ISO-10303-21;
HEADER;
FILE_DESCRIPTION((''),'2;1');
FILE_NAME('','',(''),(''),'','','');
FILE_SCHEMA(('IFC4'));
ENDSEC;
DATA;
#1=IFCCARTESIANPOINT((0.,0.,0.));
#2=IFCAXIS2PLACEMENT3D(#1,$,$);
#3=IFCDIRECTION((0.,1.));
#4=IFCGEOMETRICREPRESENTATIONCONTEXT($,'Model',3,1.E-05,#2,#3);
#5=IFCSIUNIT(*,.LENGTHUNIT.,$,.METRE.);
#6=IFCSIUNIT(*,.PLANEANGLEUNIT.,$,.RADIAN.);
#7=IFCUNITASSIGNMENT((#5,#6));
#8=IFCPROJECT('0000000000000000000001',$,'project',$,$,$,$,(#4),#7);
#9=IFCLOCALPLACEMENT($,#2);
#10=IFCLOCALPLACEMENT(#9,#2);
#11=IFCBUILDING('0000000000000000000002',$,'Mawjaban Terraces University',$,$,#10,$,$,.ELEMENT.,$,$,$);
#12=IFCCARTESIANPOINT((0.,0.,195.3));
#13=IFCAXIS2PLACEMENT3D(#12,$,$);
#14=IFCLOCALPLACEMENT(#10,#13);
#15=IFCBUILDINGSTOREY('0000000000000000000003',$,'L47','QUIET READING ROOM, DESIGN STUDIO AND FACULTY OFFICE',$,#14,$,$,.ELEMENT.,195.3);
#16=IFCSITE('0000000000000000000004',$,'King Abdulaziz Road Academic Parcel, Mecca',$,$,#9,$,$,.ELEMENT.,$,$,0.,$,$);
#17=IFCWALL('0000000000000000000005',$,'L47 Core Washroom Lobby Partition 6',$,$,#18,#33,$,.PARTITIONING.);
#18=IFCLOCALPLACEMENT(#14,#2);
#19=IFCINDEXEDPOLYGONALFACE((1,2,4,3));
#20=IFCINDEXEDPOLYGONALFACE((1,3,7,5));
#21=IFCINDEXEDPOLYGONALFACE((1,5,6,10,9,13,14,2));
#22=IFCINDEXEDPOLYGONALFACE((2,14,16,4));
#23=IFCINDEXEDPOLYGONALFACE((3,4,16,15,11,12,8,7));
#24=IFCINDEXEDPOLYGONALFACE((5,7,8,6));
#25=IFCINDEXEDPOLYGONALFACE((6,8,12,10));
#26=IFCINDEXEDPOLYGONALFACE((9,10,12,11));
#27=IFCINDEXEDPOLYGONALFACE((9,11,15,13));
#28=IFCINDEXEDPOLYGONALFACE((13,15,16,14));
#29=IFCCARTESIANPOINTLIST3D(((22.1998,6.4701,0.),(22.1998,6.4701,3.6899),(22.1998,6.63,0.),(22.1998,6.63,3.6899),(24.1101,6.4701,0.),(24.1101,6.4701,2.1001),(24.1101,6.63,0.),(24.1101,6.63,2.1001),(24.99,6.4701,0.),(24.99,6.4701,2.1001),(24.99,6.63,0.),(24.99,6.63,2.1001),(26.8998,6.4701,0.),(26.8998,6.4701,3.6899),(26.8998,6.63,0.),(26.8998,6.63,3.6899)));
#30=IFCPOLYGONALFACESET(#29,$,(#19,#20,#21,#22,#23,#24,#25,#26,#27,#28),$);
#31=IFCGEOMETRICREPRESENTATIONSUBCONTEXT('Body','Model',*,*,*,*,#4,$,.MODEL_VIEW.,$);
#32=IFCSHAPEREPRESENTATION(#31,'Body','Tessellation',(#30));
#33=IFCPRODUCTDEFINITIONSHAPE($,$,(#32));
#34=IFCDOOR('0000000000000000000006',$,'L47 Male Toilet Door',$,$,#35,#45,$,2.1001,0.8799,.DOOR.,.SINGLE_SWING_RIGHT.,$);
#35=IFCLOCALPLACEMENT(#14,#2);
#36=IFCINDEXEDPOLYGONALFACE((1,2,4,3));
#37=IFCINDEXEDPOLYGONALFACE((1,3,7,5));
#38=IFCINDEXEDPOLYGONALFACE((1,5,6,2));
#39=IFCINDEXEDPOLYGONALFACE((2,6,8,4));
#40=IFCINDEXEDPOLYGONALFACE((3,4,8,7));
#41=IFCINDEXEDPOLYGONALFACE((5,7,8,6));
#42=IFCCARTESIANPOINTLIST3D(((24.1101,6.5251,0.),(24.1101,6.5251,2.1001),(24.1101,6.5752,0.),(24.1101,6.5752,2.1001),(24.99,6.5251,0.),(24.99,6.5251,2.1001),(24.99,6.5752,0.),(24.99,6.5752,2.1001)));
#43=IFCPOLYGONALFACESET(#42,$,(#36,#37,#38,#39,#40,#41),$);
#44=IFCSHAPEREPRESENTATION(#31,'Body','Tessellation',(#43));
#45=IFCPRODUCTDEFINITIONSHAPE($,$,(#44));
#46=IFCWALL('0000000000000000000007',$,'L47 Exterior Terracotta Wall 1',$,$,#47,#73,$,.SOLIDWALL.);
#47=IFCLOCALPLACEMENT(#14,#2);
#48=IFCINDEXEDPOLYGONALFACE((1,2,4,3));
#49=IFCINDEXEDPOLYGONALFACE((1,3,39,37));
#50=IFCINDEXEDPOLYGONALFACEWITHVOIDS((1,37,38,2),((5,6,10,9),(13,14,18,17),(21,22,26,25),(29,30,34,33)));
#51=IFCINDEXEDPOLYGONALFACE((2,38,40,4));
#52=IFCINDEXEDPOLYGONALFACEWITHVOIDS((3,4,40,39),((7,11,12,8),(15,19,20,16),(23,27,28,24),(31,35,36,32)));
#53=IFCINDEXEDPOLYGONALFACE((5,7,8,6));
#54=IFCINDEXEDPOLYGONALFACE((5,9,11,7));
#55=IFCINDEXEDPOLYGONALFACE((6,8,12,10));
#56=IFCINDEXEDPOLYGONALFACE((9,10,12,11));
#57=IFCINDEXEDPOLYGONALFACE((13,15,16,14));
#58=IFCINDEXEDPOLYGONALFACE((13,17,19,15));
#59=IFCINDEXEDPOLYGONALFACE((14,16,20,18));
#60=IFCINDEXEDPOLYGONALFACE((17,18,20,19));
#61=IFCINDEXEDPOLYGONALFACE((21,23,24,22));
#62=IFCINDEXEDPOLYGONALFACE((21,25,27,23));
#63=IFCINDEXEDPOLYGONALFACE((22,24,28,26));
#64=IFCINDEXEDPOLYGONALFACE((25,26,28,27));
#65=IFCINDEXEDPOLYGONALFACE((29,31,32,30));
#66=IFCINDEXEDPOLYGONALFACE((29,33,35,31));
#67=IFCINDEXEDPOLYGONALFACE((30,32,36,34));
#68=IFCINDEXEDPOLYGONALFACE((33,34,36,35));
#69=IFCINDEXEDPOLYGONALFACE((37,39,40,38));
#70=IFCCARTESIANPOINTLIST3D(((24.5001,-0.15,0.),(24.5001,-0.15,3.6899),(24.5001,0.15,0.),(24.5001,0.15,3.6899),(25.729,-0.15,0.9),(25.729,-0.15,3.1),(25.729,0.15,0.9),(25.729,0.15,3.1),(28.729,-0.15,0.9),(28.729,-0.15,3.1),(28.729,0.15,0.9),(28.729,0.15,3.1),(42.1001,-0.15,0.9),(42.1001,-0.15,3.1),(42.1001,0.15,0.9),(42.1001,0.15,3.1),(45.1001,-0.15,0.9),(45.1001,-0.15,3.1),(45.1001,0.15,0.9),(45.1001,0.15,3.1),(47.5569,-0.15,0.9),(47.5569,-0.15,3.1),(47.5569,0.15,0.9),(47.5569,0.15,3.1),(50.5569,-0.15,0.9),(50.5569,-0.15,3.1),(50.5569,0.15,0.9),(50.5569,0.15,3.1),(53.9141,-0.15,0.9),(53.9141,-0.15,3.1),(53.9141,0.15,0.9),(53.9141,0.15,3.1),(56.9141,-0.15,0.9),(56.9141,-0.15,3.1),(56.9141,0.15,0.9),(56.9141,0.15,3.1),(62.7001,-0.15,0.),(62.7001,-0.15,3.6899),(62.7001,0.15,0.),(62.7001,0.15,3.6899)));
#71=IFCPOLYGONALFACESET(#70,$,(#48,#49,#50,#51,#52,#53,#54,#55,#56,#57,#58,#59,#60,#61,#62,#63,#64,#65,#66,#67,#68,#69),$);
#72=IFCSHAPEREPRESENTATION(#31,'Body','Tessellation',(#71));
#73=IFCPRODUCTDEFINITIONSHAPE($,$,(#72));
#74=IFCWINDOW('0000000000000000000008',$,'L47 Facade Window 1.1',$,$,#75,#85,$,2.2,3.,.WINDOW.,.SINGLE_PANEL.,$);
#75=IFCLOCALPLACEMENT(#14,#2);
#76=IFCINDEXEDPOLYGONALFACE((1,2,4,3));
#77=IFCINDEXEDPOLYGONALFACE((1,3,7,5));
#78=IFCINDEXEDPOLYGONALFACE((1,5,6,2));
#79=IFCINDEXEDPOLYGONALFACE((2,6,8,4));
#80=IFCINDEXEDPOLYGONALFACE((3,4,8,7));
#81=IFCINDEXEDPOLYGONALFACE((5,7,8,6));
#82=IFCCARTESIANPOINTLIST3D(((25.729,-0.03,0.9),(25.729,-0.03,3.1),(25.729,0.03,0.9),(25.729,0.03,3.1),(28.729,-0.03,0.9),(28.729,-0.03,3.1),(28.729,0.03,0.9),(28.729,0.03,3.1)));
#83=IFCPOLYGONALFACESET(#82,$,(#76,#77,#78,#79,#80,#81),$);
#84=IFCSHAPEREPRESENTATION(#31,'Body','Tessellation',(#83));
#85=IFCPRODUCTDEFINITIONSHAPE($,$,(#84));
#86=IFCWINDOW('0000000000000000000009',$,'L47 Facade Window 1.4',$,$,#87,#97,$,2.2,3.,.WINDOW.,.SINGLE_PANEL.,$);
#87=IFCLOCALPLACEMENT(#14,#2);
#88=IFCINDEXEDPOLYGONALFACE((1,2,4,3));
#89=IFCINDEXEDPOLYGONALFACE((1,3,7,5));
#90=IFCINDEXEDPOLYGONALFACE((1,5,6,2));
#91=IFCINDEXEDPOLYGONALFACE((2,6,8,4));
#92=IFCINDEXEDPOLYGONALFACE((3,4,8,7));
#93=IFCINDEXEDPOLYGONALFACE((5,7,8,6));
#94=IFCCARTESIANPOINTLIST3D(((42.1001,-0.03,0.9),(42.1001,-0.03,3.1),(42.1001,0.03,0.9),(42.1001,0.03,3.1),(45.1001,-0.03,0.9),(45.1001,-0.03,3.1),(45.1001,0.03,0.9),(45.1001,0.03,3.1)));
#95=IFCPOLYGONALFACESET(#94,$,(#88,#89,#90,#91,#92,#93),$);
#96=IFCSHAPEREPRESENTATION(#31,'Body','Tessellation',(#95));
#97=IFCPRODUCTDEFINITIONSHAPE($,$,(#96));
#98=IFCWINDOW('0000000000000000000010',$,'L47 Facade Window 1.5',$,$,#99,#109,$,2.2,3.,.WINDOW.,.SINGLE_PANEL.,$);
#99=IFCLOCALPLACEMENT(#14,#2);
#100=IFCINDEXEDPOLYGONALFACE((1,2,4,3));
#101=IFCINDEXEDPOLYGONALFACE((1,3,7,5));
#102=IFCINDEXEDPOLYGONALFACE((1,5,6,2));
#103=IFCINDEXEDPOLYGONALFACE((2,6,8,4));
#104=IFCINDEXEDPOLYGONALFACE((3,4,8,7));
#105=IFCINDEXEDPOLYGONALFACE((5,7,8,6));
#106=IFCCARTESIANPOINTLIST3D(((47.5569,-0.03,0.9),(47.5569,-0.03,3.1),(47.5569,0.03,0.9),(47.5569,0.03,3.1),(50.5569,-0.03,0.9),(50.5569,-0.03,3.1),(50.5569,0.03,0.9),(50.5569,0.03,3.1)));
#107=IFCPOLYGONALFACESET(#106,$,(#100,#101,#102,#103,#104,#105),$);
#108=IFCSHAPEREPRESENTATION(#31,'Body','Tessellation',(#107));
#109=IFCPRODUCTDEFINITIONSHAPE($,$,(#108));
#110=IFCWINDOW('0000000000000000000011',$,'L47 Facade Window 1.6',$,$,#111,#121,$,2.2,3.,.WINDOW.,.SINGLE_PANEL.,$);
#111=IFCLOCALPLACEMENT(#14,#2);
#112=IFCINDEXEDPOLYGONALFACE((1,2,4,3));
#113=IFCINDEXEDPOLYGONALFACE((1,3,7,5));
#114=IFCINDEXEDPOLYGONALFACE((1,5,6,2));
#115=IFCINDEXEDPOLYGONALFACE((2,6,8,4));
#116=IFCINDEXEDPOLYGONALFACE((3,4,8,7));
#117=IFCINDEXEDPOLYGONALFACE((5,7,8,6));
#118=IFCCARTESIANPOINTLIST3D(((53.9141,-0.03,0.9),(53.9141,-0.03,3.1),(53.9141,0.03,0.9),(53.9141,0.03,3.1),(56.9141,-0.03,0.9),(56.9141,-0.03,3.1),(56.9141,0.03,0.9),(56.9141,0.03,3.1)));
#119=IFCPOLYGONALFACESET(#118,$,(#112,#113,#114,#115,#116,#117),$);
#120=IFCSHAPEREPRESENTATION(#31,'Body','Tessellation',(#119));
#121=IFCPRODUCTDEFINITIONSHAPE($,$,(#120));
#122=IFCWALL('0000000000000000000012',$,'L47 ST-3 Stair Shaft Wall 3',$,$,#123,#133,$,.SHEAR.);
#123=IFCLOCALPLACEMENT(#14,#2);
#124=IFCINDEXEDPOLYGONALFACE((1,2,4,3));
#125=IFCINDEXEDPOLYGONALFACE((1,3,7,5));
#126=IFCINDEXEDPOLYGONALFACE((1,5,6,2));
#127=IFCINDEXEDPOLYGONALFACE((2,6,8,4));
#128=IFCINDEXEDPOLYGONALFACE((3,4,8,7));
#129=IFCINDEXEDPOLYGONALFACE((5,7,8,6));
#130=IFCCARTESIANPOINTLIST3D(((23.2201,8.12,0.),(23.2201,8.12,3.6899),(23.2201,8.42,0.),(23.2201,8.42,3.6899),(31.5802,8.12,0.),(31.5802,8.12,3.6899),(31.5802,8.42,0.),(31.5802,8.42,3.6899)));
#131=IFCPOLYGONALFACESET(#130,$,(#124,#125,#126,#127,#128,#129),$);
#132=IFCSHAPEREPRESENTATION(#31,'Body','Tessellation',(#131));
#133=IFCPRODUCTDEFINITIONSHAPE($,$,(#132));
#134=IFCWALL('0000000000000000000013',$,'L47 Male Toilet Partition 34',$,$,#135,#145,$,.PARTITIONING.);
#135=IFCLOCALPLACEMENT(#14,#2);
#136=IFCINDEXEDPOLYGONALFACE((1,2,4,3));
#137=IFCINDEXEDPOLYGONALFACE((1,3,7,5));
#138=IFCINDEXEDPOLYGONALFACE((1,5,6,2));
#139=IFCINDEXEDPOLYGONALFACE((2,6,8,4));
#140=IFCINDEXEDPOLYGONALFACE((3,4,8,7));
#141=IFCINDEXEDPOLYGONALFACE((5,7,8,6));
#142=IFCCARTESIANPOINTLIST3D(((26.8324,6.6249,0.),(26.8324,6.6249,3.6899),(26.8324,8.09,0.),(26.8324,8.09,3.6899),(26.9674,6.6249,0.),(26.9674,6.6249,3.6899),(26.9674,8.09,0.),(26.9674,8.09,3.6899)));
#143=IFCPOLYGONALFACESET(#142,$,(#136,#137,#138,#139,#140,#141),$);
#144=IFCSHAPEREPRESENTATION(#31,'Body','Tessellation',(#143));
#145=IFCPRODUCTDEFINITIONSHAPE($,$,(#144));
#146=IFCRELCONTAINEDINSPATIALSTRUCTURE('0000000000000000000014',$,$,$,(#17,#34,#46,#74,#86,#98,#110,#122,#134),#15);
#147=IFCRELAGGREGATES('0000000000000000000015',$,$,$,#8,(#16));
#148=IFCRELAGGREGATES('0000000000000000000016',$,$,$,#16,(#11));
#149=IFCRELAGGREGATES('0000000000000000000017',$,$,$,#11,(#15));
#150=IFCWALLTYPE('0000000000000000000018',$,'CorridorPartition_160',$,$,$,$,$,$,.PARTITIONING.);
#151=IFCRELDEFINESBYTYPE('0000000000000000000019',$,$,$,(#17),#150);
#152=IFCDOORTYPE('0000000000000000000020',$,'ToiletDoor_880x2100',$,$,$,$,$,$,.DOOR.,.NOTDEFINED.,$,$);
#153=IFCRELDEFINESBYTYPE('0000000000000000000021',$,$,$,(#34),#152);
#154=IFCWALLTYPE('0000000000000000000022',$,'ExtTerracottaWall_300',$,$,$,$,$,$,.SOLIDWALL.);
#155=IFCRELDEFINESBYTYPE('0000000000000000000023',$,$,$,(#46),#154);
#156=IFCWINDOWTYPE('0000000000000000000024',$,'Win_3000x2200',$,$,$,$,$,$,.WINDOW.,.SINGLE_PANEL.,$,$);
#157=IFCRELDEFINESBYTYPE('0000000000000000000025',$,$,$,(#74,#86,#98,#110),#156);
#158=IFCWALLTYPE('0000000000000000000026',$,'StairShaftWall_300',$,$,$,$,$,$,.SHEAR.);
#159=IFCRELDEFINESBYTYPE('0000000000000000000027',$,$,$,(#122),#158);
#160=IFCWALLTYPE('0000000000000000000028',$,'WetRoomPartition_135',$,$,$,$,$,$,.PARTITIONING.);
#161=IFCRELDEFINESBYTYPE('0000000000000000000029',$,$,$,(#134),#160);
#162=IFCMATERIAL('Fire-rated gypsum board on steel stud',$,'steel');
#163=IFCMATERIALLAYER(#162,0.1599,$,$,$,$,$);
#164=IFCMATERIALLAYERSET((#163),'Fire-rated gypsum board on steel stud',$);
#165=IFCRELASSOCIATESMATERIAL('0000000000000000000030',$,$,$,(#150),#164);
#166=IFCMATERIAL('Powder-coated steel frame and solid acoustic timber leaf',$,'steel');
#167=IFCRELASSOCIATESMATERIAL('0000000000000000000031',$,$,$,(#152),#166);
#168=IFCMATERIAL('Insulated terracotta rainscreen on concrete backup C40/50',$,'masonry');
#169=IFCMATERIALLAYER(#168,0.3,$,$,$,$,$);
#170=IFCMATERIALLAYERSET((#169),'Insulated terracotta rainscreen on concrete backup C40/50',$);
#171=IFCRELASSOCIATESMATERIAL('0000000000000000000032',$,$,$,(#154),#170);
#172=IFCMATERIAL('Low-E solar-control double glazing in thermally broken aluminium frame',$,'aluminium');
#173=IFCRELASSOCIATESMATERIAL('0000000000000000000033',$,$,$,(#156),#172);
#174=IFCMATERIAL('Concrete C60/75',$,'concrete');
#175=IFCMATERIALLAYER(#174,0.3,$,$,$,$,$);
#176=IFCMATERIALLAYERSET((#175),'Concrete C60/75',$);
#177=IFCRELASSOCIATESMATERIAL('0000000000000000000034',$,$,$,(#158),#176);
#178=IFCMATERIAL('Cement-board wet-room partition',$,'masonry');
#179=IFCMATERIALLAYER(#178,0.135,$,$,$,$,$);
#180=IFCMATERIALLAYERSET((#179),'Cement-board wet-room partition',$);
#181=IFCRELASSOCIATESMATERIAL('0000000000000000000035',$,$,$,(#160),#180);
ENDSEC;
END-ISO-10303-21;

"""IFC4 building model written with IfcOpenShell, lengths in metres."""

from ifc_helpers import new_model, si_unit, direction, frame, frame_2d, origin, place, context, subcontext, project, spatial, rectangle, extrude, material, layer, layer_set, type_object, element, fill, save


model = new_model("IFC4")

# Units and contexts
model_context = context("Model", 3, precision=1e-05, world=origin(), true_north=direction((0.0, 1.0)))
body_context = subcontext(model_context, "Body", "Model", "MODEL_VIEW")
ifc_project = project(units=[si_unit("LENGTHUNIT", "METRE"), si_unit("PLANEANGLEUNIT", "RADIAN")], contexts=[model_context])

# Site, building, storey
site_placement = place(None, origin())
site = spatial("IfcSite", under=ifc_project, at=site_placement, Name="King Abdulaziz Road Academic Parcel, Mecca", CompositionType="ELEMENT", RefElevation=0.0)
building_placement = place(site_placement, origin())
building = spatial("IfcBuilding", under=site, at=building_placement, Name="Mawjaban Terraces University", CompositionType="ELEMENT")
storey_placement = place(building_placement, frame((0.0, 0.0, 195.3)))
storey = spatial("IfcBuildingStorey", under=building, at=storey_placement, Name="L47", Description="QUIET READING ROOM, DESIGN STUDIO AND FACULTY OFFICE", CompositionType="ELEMENT", Elevation=195.3)

# Wall, opening, door
ifc_material_1 = material(Name="Fire-rated gypsum board on steel stud", Category="steel")
ifc_layer_1 = layer(ifc_material_1, 0.1599)
ifc_layer_set_1 = layer_set([ifc_layer_1], Name="Fire-rated gypsum board on steel stud")
wall_type_1 = type_object("IfcWallType", Name="CorridorPartition_160", PredefinedType="PARTITIONING", material=ifc_layer_set_1)
wall_1_placement = place(storey_placement, frame((26.8999, 6.55, 0.0), z_axis=(0.0, 0.0, 1.0), x_axis=(-1.0, 0.0, 0.0)))
wall_1 = element("IfcWall", 1, at=wall_1_placement, inside=storey, type_object=wall_type_1, Name="L47 Core Washroom Lobby Partition 6", PredefinedType="PARTITIONING", context=body_context, shape_type="SweptSolid", body=[
    extrude(rectangle(XDim=4.7, YDim=0.1599, at=frame_2d((2.3501, 0.0))), origin(), (0.0, 0.0, 1.0), 3.6899),
])
opening_1_placement = place(wall_1_placement, frame((1.9099, 0.0, 0.0)))
opening_1 = element("IfcOpeningElement", 2, at=opening_1_placement, cuts=wall_1, PredefinedType="OPENING", context=body_context, shape_type="SweptSolid", body=[
    extrude(rectangle(XDim=0.8799, YDim=2.1001, at=frame_2d((0.4399, 1.05))), frame((0.0, 0.0898, 0.0), z_axis=(0.0, -1.0, 0.0), x_axis=(1.0, 0.0, 0.0)), (0.0, 0.0, 1.0), 0.1799),
])
ifc_material_2 = material(Name="Powder-coated steel frame and solid acoustic timber leaf", Category="steel")
door_type = type_object("IfcDoorType", Name="ToiletDoor_880x2100", OperationType="NOTDEFINED", PredefinedType="DOOR", material=ifc_material_2)
door_placement = place(opening_1_placement, origin())
door = element("IfcDoor", 3, at=door_placement, inside=storey, type_object=door_type, Name="L47 Male Toilet Door", OperationType="SINGLE_SWING_RIGHT", OverallHeight=2.1001, OverallWidth=0.8799, PredefinedType="DOOR", context=body_context, shape_type="SweptSolid", body=[
    extrude(rectangle(XDim=0.8799, YDim=2.1001, at=frame_2d((0.4399, 1.05))), frame((0.0, 0.0249, 0.0), z_axis=(0.0, -1.0, 0.0), x_axis=(1.0, 0.0, 0.0)), (0.0, 0.0, 1.0), 0.05),
])
fill(opening_1, door)

# Wall, openings, windows
ifc_material_3 = material(Name="Insulated terracotta rainscreen on concrete backup C40/50", Category="masonry")
ifc_layer_2 = layer(ifc_material_3, 0.3)
ifc_layer_set_2 = layer_set([ifc_layer_2], Name="Insulated terracotta rainscreen on concrete backup C40/50")
wall_type_2 = type_object("IfcWallType", Name="ExtTerracottaWall_300", PredefinedType="SOLIDWALL", material=ifc_layer_set_2)
wall_2_placement = place(storey_placement, frame((24.5, 0.0, 0.0), z_axis=(0.0, 0.0, 1.0), x_axis=(1.0, 0.0, 0.0)))
wall_2 = element("IfcWall", 4, at=wall_2_placement, inside=storey, type_object=wall_type_2, Name="L47 Exterior Terracotta Wall 1", PredefinedType="SOLIDWALL", context=body_context, shape_type="SweptSolid", body=[
    extrude(rectangle(XDim=38.2, YDim=0.3, at=frame_2d((19.1001, 0.0))), origin(), (0.0, 0.0, 1.0), 3.6899),
])
opening_2_placement = place(wall_2_placement, frame((1.229, 0.0, 0.8999)))
opening_2 = element("IfcOpeningElement", 5, at=opening_2_placement, cuts=wall_2, PredefinedType="OPENING", context=body_context, shape_type="SweptSolid", body=[
    extrude(rectangle(XDim=3.0, YDim=2.2, at=frame_2d((1.5, 1.1001))), frame((0.0, 0.1599, 0.0), z_axis=(0.0, -1.0, 0.0), x_axis=(1.0, 0.0, 0.0)), (0.0, 0.0, 1.0), 0.3201),
])
opening_3_placement = place(wall_2_placement, frame((17.6001, 0.0, 0.8999)))
opening_3 = element("IfcOpeningElement", 6, at=opening_3_placement, cuts=wall_2, PredefinedType="OPENING", context=body_context, shape_type="SweptSolid", body=[
    extrude(rectangle(XDim=3.0, YDim=2.2, at=frame_2d((1.5, 1.1001))), frame((0.0, 0.1599, 0.0), z_axis=(0.0, -1.0, 0.0), x_axis=(1.0, 0.0, 0.0)), (0.0, 0.0, 1.0), 0.3201),
])
opening_4_placement = place(wall_2_placement, frame((23.0569, 0.0, 0.8999)))
opening_4 = element("IfcOpeningElement", 7, at=opening_4_placement, cuts=wall_2, PredefinedType="OPENING", context=body_context, shape_type="SweptSolid", body=[
    extrude(rectangle(XDim=3.0, YDim=2.2, at=frame_2d((1.5, 1.1001))), frame((0.0, 0.1599, 0.0), z_axis=(0.0, -1.0, 0.0), x_axis=(1.0, 0.0, 0.0)), (0.0, 0.0, 1.0), 0.3201),
])
opening_5_placement = place(wall_2_placement, frame((29.4141, 0.0, 0.8999)))
opening_5 = element("IfcOpeningElement", 8, at=opening_5_placement, cuts=wall_2, PredefinedType="OPENING", context=body_context, shape_type="SweptSolid", body=[
    extrude(rectangle(XDim=3.0, YDim=2.2, at=frame_2d((1.5, 1.1001))), frame((0.0, 0.1599, 0.0), z_axis=(0.0, -1.0, 0.0), x_axis=(1.0, 0.0, 0.0)), (0.0, 0.0, 1.0), 0.3201),
])
ifc_material_4 = material(Name="Low-E solar-control double glazing in thermally broken aluminium frame", Category="aluminium")
window_type = type_object("IfcWindowType", Name="Win_3000x2200", PartitioningType="SINGLE_PANEL", PredefinedType="WINDOW", material=ifc_material_4)
window_1_placement = place(opening_2_placement, origin())
window_1 = element("IfcWindow", 9, at=window_1_placement, inside=storey, type_object=window_type, Name="L47 Facade Window 1.1", OverallHeight=2.2, OverallWidth=3.0, PartitioningType="SINGLE_PANEL", PredefinedType="WINDOW", context=body_context, shape_type="SweptSolid", body=[
    extrude(rectangle(XDim=3.0, YDim=2.2, at=frame_2d((1.5, 1.1001))), frame((0.0, 0.03, 0.0), z_axis=(0.0, -1.0, 0.0), x_axis=(1.0, 0.0, 0.0)), (0.0, 0.0, 1.0), 0.0601),
])
fill(opening_2, window_1)
window_2_placement = place(opening_3_placement, origin())
window_2 = element("IfcWindow", 10, at=window_2_placement, inside=storey, type_object=window_type, Name="L47 Facade Window 1.4", OverallHeight=2.2, OverallWidth=3.0, PartitioningType="SINGLE_PANEL", PredefinedType="WINDOW", context=body_context, shape_type="SweptSolid", body=[
    extrude(rectangle(XDim=3.0, YDim=2.2, at=frame_2d((1.5, 1.1001))), frame((0.0, 0.03, 0.0), z_axis=(0.0, -1.0, 0.0), x_axis=(1.0, 0.0, 0.0)), (0.0, 0.0, 1.0), 0.0601),
])
fill(opening_3, window_2)
window_3_placement = place(opening_4_placement, origin())
window_3 = element("IfcWindow", 11, at=window_3_placement, inside=storey, type_object=window_type, Name="L47 Facade Window 1.5", OverallHeight=2.2, OverallWidth=3.0, PartitioningType="SINGLE_PANEL", PredefinedType="WINDOW", context=body_context, shape_type="SweptSolid", body=[
    extrude(rectangle(XDim=3.0, YDim=2.2, at=frame_2d((1.5, 1.1001))), frame((0.0, 0.03, 0.0), z_axis=(0.0, -1.0, 0.0), x_axis=(1.0, 0.0, 0.0)), (0.0, 0.0, 1.0), 0.0601),
])
fill(opening_4, window_3)
window_4_placement = place(opening_5_placement, origin())
window_4 = element("IfcWindow", 12, at=window_4_placement, inside=storey, type_object=window_type, Name="L47 Facade Window 1.6", OverallHeight=2.2, OverallWidth=3.0, PartitioningType="SINGLE_PANEL", PredefinedType="WINDOW", context=body_context, shape_type="SweptSolid", body=[
    extrude(rectangle(XDim=3.0, YDim=2.2, at=frame_2d((1.5, 1.1001))), frame((0.0, 0.03, 0.0), z_axis=(0.0, -1.0, 0.0), x_axis=(1.0, 0.0, 0.0)), (0.0, 0.0, 1.0), 0.0601),
])
fill(opening_5, window_4)

# Walls
ifc_material_5 = material(Name="Concrete C60/75", Category="concrete")
ifc_layer_3 = layer(ifc_material_5, 0.3)
ifc_layer_set_3 = layer_set([ifc_layer_3], Name="Concrete C60/75")
wall_type_3 = type_object("IfcWallType", Name="StairShaftWall_300", PredefinedType="SHEAR", material=ifc_layer_set_3)
wall_3_placement = place(storey_placement, frame((23.22, 8.27, 0.0), z_axis=(0.0, 0.0, 1.0), x_axis=(1.0, 0.0, 0.0)))
element("IfcWall", 13, at=wall_3_placement, inside=storey, type_object=wall_type_3, Name="L47 ST-3 Stair Shaft Wall 3", PredefinedType="SHEAR", context=body_context, shape_type="SweptSolid", body=[
    extrude(rectangle(XDim=8.3601, YDim=0.3, at=frame_2d((4.1802, 0.0))), origin(), (0.0, 0.0, 1.0), 3.6899),
])
ifc_material_6 = material(Name="Cement-board wet-room partition", Category="masonry")
ifc_layer_4 = layer(ifc_material_6, 0.135)
ifc_layer_set_4 = layer_set([ifc_layer_4], Name="Cement-board wet-room partition")
wall_type_4 = type_object("IfcWallType", Name="WetRoomPartition_135", PredefinedType="PARTITIONING", material=ifc_layer_set_4)
wall_4_placement = place(storey_placement, frame((26.8999, 6.625, 0.0), z_axis=(0.0, 0.0, 1.0), x_axis=(0.0, 1.0, 0.0)))
element("IfcWall", 14, at=wall_4_placement, inside=storey, type_object=wall_type_4, Name="L47 Male Toilet Partition 34", PredefinedType="PARTITIONING", context=body_context, shape_type="SweptSolid", body=[
    extrude(rectangle(XDim=1.4651, YDim=0.135, at=frame_2d((0.7324, 0.0))), origin(), (0.0, 0.0, 1.0), 3.6899),
])

save(model, "model.ifc")
